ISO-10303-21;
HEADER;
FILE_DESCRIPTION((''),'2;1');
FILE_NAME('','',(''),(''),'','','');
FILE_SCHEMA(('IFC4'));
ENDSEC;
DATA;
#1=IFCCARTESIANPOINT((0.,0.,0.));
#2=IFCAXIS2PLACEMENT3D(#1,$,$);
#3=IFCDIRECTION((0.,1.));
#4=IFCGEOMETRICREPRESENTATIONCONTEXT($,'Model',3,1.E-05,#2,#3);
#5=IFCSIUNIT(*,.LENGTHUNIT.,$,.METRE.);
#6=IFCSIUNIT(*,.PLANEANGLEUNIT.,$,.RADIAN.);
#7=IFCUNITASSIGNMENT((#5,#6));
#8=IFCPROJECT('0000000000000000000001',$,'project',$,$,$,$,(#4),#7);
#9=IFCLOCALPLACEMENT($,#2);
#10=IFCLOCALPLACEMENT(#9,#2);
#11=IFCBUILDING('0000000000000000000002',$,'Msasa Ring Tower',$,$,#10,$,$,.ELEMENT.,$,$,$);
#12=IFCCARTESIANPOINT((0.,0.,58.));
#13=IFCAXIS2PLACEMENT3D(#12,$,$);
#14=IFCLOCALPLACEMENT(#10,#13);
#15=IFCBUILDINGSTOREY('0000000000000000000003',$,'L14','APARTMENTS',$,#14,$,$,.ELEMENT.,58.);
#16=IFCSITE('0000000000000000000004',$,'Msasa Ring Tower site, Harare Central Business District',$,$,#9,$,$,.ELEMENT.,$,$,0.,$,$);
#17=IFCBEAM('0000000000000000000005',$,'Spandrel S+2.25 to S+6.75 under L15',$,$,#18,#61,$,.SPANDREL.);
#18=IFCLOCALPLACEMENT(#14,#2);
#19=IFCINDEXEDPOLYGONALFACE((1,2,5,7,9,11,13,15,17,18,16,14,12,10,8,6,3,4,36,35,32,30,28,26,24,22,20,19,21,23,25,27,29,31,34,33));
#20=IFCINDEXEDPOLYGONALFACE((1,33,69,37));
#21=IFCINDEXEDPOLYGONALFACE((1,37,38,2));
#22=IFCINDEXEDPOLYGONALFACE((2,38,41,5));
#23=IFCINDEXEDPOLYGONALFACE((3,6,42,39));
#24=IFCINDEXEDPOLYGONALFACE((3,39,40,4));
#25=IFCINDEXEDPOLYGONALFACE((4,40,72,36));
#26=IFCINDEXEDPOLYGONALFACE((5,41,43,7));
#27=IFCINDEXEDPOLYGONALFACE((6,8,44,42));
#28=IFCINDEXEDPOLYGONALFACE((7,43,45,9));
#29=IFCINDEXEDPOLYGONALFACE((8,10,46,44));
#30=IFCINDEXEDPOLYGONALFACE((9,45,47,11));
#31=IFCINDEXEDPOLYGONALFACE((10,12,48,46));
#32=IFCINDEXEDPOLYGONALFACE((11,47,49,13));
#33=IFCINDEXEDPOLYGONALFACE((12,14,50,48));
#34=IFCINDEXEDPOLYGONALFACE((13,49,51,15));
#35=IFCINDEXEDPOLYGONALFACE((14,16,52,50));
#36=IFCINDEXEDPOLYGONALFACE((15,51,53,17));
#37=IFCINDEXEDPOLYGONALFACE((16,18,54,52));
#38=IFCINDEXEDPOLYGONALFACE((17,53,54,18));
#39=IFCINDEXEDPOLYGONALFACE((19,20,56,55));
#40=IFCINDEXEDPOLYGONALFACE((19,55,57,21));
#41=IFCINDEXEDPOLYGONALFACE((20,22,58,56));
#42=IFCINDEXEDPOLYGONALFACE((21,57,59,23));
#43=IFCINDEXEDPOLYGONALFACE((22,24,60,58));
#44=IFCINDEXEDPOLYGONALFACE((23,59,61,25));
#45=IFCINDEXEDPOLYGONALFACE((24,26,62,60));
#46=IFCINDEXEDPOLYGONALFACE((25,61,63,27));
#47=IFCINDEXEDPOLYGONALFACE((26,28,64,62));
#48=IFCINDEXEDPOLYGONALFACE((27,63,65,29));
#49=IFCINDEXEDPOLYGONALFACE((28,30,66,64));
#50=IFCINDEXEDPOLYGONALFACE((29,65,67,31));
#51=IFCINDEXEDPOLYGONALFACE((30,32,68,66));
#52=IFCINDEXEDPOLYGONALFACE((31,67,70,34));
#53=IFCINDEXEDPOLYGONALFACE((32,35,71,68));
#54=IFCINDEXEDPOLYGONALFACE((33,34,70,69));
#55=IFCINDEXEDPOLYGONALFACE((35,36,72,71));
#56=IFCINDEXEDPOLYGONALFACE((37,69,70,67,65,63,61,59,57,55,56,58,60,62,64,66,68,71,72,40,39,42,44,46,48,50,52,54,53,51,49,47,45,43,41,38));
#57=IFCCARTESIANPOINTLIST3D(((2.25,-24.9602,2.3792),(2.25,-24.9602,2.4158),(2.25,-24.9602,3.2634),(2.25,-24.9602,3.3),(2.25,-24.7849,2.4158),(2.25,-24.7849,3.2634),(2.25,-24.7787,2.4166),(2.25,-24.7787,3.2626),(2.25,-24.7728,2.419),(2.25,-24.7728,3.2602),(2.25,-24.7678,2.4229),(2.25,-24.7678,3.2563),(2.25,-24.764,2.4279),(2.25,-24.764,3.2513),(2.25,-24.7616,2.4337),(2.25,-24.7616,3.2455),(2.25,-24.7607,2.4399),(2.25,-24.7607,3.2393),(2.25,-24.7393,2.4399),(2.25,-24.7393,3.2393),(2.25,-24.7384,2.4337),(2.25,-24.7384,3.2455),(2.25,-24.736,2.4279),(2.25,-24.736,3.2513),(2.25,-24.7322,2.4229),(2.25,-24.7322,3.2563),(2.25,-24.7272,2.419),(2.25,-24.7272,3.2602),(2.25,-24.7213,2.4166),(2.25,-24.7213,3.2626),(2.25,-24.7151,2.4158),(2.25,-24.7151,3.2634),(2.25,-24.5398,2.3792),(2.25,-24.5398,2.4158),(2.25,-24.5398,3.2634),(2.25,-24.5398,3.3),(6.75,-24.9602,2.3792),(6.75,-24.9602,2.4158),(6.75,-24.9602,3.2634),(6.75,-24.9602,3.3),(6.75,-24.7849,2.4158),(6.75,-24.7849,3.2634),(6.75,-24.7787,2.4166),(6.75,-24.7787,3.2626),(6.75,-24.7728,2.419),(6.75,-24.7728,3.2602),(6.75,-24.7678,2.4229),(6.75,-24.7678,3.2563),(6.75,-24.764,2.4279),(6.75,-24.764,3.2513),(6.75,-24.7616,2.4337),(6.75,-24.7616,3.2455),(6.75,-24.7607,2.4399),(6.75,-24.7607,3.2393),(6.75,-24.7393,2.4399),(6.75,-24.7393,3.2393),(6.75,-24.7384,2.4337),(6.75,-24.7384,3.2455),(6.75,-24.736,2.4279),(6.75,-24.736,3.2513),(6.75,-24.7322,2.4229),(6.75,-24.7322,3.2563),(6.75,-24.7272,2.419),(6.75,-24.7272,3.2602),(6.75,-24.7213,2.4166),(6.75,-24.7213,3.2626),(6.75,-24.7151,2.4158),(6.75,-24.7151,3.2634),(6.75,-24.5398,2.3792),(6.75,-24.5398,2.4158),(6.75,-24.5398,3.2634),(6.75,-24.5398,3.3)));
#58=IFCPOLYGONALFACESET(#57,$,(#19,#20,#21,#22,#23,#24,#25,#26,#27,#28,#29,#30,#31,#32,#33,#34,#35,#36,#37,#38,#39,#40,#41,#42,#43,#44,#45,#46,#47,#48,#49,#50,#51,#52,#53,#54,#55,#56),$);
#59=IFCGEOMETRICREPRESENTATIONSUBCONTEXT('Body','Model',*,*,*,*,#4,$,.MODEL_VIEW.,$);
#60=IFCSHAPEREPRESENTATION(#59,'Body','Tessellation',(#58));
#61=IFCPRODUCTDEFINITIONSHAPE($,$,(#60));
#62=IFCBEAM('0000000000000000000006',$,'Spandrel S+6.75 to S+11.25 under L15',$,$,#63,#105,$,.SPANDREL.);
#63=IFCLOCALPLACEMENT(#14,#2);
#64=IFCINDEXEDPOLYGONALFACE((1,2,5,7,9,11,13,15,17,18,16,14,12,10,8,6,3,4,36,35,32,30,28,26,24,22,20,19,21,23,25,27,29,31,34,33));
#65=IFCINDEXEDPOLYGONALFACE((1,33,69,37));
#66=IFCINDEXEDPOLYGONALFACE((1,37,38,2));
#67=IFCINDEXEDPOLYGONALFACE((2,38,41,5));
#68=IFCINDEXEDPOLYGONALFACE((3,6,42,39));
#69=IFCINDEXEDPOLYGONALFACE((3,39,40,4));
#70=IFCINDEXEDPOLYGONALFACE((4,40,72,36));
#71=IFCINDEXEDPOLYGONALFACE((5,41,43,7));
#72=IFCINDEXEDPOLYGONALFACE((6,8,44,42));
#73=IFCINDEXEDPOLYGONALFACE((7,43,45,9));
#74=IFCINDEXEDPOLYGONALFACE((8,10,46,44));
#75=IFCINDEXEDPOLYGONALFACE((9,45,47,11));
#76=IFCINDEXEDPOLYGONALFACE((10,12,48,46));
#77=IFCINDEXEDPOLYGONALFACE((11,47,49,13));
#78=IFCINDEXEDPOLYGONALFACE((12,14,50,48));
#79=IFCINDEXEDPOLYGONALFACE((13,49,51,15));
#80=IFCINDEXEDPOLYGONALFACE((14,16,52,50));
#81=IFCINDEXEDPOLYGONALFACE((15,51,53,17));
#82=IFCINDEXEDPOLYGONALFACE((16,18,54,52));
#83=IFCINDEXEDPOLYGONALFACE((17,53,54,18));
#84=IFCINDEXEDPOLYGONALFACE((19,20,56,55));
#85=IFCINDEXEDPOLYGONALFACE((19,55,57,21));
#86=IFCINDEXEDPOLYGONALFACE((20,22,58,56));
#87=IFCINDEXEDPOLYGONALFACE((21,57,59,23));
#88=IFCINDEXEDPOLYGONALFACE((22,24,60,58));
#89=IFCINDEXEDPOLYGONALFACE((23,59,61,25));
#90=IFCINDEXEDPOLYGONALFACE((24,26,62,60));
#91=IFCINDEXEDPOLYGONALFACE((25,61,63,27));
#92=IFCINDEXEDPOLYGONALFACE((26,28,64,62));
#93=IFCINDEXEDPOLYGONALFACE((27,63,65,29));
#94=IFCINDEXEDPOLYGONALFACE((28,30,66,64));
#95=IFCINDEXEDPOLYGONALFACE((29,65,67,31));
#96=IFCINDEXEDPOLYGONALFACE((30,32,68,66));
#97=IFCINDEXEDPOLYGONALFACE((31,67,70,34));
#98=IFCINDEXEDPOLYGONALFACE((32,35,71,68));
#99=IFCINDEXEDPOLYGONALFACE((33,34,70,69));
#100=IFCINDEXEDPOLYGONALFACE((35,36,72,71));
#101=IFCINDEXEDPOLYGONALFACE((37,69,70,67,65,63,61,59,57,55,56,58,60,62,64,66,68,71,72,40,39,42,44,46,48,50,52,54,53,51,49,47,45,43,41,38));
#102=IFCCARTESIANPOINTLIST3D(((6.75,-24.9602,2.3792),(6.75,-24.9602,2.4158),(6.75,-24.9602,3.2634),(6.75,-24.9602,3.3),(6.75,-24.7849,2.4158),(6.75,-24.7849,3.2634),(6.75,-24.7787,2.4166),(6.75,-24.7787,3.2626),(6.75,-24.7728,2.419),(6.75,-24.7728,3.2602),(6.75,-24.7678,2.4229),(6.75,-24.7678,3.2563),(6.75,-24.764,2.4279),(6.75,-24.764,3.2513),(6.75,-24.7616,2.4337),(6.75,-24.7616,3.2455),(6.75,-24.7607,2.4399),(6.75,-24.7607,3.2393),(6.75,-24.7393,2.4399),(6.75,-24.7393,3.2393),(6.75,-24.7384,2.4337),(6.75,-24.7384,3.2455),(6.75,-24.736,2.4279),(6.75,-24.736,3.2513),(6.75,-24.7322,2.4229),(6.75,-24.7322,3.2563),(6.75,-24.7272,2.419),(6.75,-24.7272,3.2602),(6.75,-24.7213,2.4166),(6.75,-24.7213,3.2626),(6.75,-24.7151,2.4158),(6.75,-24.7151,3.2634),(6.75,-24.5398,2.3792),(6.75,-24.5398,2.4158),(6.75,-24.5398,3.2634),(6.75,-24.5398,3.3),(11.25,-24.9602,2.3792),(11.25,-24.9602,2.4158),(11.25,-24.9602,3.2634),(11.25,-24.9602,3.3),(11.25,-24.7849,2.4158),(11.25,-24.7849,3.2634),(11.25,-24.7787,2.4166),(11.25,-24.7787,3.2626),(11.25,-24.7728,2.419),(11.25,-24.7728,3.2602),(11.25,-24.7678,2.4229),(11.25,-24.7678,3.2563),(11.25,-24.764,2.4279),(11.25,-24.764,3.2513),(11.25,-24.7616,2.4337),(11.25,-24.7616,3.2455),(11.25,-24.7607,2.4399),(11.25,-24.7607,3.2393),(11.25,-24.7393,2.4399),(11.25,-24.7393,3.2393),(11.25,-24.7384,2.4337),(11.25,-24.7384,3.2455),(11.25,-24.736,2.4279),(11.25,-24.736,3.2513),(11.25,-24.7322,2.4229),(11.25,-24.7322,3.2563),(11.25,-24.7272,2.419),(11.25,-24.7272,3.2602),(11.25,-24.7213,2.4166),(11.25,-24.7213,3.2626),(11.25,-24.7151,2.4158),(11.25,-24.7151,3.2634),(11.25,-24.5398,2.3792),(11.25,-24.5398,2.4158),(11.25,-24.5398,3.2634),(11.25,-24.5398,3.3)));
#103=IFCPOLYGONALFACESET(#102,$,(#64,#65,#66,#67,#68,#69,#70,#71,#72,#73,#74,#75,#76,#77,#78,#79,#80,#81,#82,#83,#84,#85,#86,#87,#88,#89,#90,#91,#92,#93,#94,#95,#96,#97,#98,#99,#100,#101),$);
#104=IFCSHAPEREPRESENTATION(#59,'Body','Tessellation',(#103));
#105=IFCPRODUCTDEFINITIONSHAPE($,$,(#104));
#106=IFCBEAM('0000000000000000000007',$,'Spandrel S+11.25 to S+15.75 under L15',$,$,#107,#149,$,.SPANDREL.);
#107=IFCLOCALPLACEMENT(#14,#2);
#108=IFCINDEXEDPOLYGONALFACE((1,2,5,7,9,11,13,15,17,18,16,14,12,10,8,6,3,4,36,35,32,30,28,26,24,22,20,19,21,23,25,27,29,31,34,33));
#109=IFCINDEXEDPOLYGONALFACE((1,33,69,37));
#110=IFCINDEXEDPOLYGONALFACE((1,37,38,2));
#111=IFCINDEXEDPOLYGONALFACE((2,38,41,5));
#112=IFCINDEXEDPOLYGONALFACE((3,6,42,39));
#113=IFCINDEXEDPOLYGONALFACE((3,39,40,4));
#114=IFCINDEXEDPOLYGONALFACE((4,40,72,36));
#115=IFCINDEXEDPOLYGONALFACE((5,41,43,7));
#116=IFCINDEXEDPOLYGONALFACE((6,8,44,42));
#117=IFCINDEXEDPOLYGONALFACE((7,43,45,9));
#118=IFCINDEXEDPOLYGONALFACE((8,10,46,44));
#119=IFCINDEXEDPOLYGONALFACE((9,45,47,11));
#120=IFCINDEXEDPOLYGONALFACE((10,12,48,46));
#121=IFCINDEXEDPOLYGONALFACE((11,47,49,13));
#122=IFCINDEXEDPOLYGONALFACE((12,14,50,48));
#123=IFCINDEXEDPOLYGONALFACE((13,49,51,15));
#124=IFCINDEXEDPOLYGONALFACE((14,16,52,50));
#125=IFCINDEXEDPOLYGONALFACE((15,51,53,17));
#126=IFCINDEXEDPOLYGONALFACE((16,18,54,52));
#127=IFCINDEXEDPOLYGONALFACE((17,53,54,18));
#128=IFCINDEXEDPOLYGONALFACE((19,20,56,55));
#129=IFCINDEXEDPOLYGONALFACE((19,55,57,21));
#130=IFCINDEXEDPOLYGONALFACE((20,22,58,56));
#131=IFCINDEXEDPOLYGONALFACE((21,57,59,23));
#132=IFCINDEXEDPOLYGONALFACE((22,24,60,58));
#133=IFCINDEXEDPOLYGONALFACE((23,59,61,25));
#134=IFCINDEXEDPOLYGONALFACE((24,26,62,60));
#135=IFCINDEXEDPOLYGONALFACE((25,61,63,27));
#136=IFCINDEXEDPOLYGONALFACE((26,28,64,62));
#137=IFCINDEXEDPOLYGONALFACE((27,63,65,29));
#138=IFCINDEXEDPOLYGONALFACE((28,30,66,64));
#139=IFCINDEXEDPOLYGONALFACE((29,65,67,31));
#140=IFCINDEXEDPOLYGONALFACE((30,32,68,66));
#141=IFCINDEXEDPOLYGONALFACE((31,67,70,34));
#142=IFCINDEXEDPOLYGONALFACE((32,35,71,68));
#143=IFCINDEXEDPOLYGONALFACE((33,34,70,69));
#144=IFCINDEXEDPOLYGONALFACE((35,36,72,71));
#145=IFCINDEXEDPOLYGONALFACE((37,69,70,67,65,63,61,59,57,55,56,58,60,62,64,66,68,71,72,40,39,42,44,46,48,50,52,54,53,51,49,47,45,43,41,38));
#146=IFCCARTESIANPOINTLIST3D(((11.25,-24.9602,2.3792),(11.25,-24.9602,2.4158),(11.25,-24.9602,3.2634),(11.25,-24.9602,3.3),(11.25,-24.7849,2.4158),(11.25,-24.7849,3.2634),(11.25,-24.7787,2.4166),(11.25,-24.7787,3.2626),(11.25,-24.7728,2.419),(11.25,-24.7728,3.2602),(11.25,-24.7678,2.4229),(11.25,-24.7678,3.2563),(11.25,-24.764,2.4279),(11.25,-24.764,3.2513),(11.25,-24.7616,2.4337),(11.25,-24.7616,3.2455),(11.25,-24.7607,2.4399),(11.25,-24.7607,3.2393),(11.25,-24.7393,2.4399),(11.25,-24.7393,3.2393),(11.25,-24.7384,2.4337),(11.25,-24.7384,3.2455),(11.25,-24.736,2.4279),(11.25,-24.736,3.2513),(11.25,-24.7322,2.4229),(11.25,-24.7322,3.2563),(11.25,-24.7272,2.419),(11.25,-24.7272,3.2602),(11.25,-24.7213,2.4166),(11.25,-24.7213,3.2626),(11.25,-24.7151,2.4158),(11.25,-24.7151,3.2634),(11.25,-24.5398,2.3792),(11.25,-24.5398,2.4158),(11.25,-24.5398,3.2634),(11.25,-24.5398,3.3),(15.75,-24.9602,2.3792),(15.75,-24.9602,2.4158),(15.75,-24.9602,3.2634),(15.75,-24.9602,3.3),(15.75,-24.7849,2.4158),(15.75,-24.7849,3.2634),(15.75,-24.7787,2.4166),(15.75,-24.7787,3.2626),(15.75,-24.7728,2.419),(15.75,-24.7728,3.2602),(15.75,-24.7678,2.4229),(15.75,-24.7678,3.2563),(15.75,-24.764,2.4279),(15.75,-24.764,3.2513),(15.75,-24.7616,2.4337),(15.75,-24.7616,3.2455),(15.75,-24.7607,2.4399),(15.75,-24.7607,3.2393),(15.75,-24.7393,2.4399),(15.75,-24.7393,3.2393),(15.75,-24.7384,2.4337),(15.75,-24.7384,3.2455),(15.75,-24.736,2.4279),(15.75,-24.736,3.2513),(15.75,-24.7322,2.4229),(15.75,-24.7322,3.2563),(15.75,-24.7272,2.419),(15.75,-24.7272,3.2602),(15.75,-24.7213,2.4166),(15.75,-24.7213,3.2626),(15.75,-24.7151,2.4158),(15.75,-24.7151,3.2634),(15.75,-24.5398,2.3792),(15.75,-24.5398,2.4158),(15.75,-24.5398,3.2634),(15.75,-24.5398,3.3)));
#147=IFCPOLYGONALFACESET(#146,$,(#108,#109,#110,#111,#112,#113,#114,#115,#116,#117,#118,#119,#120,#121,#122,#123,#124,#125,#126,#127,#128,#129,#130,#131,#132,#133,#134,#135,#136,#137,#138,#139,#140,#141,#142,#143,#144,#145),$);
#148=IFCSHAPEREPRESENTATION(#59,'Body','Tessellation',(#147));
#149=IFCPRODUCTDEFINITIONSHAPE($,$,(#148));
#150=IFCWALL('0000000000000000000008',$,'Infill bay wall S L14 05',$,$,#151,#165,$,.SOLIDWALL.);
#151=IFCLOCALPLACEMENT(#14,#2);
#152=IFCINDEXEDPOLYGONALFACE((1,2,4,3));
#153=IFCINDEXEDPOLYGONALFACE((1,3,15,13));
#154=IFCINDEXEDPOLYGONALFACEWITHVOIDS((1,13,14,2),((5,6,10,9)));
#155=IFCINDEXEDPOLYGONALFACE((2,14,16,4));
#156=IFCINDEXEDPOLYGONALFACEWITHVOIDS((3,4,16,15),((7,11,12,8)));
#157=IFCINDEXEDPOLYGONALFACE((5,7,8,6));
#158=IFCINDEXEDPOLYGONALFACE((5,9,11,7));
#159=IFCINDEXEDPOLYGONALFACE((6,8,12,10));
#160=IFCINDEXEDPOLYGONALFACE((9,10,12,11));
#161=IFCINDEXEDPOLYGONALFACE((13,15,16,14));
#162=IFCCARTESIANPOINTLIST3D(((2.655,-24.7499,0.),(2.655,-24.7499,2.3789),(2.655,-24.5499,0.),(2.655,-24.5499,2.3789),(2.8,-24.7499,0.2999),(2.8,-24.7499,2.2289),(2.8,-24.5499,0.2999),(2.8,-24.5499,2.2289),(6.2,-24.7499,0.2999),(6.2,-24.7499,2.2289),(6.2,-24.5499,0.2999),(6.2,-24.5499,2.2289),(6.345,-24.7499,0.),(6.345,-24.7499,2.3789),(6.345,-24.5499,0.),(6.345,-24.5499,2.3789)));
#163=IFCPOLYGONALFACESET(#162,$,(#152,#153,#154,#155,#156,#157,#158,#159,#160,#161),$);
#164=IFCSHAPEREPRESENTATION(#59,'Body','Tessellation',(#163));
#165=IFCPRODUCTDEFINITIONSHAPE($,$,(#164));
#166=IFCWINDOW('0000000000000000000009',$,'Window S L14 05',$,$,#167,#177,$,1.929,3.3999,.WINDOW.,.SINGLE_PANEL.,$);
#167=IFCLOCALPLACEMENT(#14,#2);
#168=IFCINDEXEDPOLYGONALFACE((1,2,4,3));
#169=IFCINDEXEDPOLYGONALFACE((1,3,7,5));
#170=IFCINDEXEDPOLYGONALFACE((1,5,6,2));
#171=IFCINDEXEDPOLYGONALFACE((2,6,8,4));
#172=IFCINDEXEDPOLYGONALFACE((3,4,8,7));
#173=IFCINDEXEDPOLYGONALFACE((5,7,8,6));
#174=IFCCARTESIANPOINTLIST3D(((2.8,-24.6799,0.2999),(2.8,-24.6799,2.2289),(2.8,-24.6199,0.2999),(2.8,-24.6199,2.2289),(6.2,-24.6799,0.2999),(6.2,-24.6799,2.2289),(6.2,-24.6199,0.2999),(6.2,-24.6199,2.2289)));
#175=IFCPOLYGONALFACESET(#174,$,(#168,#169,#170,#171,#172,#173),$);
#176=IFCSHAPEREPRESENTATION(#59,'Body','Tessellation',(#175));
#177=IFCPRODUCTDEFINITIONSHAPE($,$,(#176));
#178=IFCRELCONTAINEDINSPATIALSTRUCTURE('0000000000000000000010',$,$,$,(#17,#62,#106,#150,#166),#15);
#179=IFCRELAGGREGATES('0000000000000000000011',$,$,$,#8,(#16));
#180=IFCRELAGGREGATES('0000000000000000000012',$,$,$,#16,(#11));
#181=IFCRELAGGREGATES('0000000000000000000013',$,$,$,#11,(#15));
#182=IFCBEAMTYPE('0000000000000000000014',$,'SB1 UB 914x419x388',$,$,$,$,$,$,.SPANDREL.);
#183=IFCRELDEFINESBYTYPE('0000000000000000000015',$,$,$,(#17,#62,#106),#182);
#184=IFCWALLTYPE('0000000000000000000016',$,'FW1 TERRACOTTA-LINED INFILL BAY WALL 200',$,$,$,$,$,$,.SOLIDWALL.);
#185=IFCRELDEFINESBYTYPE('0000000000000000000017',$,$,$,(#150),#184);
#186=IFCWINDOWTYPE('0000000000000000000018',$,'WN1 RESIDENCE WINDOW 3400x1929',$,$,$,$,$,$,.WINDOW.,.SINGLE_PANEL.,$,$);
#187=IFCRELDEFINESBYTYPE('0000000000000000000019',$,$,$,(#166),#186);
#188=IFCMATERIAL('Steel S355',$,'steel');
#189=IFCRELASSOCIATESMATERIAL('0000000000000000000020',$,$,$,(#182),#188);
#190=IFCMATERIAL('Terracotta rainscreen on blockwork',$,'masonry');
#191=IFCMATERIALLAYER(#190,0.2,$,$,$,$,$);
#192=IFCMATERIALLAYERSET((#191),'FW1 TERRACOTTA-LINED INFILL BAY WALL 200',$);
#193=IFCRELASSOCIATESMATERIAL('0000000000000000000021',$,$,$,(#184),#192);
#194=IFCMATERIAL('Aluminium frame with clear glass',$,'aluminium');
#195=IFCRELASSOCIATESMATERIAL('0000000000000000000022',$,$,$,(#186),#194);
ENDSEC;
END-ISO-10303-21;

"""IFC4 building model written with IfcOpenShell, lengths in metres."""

from ifc_helpers import new_model, si_unit, direction, frame, frame_2d, origin, origin_2d, place, context, subcontext, project, spatial, rectangle, i_section, extrude, material, layer, layer_set, material_profile, profile_set, type_object, element, fill, save


model = new_model("IFC4")

# Units and contexts
model_context = context("Model", 3, precision=1e-05, world=origin(), true_north=direction((0.0, 1.0)))
body_context = subcontext(model_context, "Body", "Model", "MODEL_VIEW")
ifc_project = project(units=[si_unit("LENGTHUNIT", "METRE"), si_unit("PLANEANGLEUNIT", "RADIAN")], contexts=[model_context])

# Site, building, storey
site_placement = place(None, origin())
site = spatial("IfcSite", under=ifc_project, at=site_placement, Name="Msasa Ring Tower site, Harare Central Business District", CompositionType="ELEMENT", RefElevation=0.0)
building_placement = place(site_placement, origin())
building = spatial("IfcBuilding", under=site, at=building_placement, Name="Msasa Ring Tower", CompositionType="ELEMENT")
storey_placement = place(building_placement, frame((0.0, 0.0, 58.0)))
storey = spatial("IfcBuildingStorey", under=building, at=storey_placement, Name="L14", Description="APARTMENTS", CompositionType="ELEMENT", Elevation=58.0)

# Beams
ifc_material_1 = material(Name="Steel S355", Category="steel")
ifc_material_profile_1 = material_profile(ifc_material_1, i_section(OverallWidth=0.4204, OverallDepth=0.9209, WebThickness=0.0215, FlangeThickness=0.0366, FilletRadius=0.0242, at=origin_2d()), Name="UB 914x419x388")
ifc_profile_set_1 = profile_set([ifc_material_profile_1], Name="Steel S355")
beam_type_1 = type_object("IfcBeamType", Name="SB1 UB 914x419x388", PredefinedType="SPANDREL", material=ifc_profile_set_1)
for number, where, z_axis, x_axis, name in (
    (1, (2.25, -24.75, 2.8396), (1.0, 0.0, 0.0), (0.0, 1.0, 0.0), "Spandrel S+2.25 to S+6.75 under L15"),
    (2, (6.75, -24.75, 2.8396), (1.0, 0.0, 0.0), (0.0, 1.0, 0.0), "Spandrel S+6.75 to S+11.25 under L15"),
    (3, (11.25, -24.75, 2.8396), (1.0, 0.0, 0.0), (0.0, 1.0, 0.0), "Spandrel S+11.25 to S+15.75 under L15"),
):
    element("IfcBeam", number, at=place(storey_placement, frame(where, z_axis=z_axis, x_axis=x_axis)), inside=storey, type_object=beam_type_1, Name=name, PredefinedType="SPANDREL", context=body_context, shape_type="SweptSolid", body=[
        extrude(i_section(OverallWidth=0.4204, OverallDepth=0.9209, WebThickness=0.0215, FlangeThickness=0.0366, FilletRadius=0.0242, at=origin_2d()), origin(), (0.0, 0.0, 1.0), 4.5),
    ])

# Wall, opening, window
ifc_material_2 = material(Name="Terracotta rainscreen on blockwork", Category="masonry")
ifc_layer_1 = layer(ifc_material_2, 0.2)
ifc_layer_set_1 = layer_set([ifc_layer_1], Name="FW1 TERRACOTTA-LINED INFILL BAY WALL 200")
wall_type_1 = type_object("IfcWallType", Name="FW1 TERRACOTTA-LINED INFILL BAY WALL 200", PredefinedType="SOLIDWALL", material=ifc_layer_set_1)
wall_1_placement = place(storey_placement, frame((2.655, -24.6499, 0.0), z_axis=(0.0, 0.0, 1.0), x_axis=(1.0, 0.0, 0.0)))
wall_1 = element("IfcWall", 4, at=wall_1_placement, inside=storey, type_object=wall_type_1, Name="Infill bay wall S L14 05", PredefinedType="SOLIDWALL", context=body_context, shape_type="SweptSolid", body=[
    extrude(rectangle(XDim=3.6899, YDim=0.2, at=frame_2d((1.845, 0.0))), origin(), (0.0, 0.0, 1.0), 2.3789),
])
opening_1_placement = place(wall_1_placement, frame((0.145, 0.0, 0.3)))
opening_1 = element("IfcOpeningElement", 5, at=opening_1_placement, cuts=wall_1, PredefinedType="OPENING", context=body_context, shape_type="SweptSolid", body=[
    extrude(rectangle(XDim=3.3999, YDim=1.929, at=frame_2d((1.7, 0.9644))), frame((0.0, 0.1099, 0.0), z_axis=(0.0, -1.0, 0.0), x_axis=(1.0, 0.0, 0.0)), (0.0, 0.0, 1.0), 0.22),
])
ifc_material_3 = material(Name="Aluminium frame with clear glass", Category="aluminium")
window_type = type_object("IfcWindowType", Name="WN1 RESIDENCE WINDOW 3400x1929", PartitioningType="SINGLE_PANEL", PredefinedType="WINDOW", material=ifc_material_3)
window_1_placement = place(opening_1_placement, origin())
window_1 = element("IfcWindow", 6, at=window_1_placement, inside=storey, type_object=window_type, Name="Window S L14 05", OverallHeight=1.929, OverallWidth=3.3999, PartitioningType="SINGLE_PANEL", PredefinedType="WINDOW", context=body_context, shape_type="SweptSolid", body=[
    extrude(rectangle(XDim=3.3999, YDim=1.929, at=frame_2d((1.7, 0.9644))), frame((0.0, 0.03, 0.0), z_axis=(0.0, -1.0, 0.0), x_axis=(1.0, 0.0, 0.0)), (0.0, 0.0, 1.0), 0.0601),
])
fill(opening_1, window_1)

save(model, "model.ifc")
